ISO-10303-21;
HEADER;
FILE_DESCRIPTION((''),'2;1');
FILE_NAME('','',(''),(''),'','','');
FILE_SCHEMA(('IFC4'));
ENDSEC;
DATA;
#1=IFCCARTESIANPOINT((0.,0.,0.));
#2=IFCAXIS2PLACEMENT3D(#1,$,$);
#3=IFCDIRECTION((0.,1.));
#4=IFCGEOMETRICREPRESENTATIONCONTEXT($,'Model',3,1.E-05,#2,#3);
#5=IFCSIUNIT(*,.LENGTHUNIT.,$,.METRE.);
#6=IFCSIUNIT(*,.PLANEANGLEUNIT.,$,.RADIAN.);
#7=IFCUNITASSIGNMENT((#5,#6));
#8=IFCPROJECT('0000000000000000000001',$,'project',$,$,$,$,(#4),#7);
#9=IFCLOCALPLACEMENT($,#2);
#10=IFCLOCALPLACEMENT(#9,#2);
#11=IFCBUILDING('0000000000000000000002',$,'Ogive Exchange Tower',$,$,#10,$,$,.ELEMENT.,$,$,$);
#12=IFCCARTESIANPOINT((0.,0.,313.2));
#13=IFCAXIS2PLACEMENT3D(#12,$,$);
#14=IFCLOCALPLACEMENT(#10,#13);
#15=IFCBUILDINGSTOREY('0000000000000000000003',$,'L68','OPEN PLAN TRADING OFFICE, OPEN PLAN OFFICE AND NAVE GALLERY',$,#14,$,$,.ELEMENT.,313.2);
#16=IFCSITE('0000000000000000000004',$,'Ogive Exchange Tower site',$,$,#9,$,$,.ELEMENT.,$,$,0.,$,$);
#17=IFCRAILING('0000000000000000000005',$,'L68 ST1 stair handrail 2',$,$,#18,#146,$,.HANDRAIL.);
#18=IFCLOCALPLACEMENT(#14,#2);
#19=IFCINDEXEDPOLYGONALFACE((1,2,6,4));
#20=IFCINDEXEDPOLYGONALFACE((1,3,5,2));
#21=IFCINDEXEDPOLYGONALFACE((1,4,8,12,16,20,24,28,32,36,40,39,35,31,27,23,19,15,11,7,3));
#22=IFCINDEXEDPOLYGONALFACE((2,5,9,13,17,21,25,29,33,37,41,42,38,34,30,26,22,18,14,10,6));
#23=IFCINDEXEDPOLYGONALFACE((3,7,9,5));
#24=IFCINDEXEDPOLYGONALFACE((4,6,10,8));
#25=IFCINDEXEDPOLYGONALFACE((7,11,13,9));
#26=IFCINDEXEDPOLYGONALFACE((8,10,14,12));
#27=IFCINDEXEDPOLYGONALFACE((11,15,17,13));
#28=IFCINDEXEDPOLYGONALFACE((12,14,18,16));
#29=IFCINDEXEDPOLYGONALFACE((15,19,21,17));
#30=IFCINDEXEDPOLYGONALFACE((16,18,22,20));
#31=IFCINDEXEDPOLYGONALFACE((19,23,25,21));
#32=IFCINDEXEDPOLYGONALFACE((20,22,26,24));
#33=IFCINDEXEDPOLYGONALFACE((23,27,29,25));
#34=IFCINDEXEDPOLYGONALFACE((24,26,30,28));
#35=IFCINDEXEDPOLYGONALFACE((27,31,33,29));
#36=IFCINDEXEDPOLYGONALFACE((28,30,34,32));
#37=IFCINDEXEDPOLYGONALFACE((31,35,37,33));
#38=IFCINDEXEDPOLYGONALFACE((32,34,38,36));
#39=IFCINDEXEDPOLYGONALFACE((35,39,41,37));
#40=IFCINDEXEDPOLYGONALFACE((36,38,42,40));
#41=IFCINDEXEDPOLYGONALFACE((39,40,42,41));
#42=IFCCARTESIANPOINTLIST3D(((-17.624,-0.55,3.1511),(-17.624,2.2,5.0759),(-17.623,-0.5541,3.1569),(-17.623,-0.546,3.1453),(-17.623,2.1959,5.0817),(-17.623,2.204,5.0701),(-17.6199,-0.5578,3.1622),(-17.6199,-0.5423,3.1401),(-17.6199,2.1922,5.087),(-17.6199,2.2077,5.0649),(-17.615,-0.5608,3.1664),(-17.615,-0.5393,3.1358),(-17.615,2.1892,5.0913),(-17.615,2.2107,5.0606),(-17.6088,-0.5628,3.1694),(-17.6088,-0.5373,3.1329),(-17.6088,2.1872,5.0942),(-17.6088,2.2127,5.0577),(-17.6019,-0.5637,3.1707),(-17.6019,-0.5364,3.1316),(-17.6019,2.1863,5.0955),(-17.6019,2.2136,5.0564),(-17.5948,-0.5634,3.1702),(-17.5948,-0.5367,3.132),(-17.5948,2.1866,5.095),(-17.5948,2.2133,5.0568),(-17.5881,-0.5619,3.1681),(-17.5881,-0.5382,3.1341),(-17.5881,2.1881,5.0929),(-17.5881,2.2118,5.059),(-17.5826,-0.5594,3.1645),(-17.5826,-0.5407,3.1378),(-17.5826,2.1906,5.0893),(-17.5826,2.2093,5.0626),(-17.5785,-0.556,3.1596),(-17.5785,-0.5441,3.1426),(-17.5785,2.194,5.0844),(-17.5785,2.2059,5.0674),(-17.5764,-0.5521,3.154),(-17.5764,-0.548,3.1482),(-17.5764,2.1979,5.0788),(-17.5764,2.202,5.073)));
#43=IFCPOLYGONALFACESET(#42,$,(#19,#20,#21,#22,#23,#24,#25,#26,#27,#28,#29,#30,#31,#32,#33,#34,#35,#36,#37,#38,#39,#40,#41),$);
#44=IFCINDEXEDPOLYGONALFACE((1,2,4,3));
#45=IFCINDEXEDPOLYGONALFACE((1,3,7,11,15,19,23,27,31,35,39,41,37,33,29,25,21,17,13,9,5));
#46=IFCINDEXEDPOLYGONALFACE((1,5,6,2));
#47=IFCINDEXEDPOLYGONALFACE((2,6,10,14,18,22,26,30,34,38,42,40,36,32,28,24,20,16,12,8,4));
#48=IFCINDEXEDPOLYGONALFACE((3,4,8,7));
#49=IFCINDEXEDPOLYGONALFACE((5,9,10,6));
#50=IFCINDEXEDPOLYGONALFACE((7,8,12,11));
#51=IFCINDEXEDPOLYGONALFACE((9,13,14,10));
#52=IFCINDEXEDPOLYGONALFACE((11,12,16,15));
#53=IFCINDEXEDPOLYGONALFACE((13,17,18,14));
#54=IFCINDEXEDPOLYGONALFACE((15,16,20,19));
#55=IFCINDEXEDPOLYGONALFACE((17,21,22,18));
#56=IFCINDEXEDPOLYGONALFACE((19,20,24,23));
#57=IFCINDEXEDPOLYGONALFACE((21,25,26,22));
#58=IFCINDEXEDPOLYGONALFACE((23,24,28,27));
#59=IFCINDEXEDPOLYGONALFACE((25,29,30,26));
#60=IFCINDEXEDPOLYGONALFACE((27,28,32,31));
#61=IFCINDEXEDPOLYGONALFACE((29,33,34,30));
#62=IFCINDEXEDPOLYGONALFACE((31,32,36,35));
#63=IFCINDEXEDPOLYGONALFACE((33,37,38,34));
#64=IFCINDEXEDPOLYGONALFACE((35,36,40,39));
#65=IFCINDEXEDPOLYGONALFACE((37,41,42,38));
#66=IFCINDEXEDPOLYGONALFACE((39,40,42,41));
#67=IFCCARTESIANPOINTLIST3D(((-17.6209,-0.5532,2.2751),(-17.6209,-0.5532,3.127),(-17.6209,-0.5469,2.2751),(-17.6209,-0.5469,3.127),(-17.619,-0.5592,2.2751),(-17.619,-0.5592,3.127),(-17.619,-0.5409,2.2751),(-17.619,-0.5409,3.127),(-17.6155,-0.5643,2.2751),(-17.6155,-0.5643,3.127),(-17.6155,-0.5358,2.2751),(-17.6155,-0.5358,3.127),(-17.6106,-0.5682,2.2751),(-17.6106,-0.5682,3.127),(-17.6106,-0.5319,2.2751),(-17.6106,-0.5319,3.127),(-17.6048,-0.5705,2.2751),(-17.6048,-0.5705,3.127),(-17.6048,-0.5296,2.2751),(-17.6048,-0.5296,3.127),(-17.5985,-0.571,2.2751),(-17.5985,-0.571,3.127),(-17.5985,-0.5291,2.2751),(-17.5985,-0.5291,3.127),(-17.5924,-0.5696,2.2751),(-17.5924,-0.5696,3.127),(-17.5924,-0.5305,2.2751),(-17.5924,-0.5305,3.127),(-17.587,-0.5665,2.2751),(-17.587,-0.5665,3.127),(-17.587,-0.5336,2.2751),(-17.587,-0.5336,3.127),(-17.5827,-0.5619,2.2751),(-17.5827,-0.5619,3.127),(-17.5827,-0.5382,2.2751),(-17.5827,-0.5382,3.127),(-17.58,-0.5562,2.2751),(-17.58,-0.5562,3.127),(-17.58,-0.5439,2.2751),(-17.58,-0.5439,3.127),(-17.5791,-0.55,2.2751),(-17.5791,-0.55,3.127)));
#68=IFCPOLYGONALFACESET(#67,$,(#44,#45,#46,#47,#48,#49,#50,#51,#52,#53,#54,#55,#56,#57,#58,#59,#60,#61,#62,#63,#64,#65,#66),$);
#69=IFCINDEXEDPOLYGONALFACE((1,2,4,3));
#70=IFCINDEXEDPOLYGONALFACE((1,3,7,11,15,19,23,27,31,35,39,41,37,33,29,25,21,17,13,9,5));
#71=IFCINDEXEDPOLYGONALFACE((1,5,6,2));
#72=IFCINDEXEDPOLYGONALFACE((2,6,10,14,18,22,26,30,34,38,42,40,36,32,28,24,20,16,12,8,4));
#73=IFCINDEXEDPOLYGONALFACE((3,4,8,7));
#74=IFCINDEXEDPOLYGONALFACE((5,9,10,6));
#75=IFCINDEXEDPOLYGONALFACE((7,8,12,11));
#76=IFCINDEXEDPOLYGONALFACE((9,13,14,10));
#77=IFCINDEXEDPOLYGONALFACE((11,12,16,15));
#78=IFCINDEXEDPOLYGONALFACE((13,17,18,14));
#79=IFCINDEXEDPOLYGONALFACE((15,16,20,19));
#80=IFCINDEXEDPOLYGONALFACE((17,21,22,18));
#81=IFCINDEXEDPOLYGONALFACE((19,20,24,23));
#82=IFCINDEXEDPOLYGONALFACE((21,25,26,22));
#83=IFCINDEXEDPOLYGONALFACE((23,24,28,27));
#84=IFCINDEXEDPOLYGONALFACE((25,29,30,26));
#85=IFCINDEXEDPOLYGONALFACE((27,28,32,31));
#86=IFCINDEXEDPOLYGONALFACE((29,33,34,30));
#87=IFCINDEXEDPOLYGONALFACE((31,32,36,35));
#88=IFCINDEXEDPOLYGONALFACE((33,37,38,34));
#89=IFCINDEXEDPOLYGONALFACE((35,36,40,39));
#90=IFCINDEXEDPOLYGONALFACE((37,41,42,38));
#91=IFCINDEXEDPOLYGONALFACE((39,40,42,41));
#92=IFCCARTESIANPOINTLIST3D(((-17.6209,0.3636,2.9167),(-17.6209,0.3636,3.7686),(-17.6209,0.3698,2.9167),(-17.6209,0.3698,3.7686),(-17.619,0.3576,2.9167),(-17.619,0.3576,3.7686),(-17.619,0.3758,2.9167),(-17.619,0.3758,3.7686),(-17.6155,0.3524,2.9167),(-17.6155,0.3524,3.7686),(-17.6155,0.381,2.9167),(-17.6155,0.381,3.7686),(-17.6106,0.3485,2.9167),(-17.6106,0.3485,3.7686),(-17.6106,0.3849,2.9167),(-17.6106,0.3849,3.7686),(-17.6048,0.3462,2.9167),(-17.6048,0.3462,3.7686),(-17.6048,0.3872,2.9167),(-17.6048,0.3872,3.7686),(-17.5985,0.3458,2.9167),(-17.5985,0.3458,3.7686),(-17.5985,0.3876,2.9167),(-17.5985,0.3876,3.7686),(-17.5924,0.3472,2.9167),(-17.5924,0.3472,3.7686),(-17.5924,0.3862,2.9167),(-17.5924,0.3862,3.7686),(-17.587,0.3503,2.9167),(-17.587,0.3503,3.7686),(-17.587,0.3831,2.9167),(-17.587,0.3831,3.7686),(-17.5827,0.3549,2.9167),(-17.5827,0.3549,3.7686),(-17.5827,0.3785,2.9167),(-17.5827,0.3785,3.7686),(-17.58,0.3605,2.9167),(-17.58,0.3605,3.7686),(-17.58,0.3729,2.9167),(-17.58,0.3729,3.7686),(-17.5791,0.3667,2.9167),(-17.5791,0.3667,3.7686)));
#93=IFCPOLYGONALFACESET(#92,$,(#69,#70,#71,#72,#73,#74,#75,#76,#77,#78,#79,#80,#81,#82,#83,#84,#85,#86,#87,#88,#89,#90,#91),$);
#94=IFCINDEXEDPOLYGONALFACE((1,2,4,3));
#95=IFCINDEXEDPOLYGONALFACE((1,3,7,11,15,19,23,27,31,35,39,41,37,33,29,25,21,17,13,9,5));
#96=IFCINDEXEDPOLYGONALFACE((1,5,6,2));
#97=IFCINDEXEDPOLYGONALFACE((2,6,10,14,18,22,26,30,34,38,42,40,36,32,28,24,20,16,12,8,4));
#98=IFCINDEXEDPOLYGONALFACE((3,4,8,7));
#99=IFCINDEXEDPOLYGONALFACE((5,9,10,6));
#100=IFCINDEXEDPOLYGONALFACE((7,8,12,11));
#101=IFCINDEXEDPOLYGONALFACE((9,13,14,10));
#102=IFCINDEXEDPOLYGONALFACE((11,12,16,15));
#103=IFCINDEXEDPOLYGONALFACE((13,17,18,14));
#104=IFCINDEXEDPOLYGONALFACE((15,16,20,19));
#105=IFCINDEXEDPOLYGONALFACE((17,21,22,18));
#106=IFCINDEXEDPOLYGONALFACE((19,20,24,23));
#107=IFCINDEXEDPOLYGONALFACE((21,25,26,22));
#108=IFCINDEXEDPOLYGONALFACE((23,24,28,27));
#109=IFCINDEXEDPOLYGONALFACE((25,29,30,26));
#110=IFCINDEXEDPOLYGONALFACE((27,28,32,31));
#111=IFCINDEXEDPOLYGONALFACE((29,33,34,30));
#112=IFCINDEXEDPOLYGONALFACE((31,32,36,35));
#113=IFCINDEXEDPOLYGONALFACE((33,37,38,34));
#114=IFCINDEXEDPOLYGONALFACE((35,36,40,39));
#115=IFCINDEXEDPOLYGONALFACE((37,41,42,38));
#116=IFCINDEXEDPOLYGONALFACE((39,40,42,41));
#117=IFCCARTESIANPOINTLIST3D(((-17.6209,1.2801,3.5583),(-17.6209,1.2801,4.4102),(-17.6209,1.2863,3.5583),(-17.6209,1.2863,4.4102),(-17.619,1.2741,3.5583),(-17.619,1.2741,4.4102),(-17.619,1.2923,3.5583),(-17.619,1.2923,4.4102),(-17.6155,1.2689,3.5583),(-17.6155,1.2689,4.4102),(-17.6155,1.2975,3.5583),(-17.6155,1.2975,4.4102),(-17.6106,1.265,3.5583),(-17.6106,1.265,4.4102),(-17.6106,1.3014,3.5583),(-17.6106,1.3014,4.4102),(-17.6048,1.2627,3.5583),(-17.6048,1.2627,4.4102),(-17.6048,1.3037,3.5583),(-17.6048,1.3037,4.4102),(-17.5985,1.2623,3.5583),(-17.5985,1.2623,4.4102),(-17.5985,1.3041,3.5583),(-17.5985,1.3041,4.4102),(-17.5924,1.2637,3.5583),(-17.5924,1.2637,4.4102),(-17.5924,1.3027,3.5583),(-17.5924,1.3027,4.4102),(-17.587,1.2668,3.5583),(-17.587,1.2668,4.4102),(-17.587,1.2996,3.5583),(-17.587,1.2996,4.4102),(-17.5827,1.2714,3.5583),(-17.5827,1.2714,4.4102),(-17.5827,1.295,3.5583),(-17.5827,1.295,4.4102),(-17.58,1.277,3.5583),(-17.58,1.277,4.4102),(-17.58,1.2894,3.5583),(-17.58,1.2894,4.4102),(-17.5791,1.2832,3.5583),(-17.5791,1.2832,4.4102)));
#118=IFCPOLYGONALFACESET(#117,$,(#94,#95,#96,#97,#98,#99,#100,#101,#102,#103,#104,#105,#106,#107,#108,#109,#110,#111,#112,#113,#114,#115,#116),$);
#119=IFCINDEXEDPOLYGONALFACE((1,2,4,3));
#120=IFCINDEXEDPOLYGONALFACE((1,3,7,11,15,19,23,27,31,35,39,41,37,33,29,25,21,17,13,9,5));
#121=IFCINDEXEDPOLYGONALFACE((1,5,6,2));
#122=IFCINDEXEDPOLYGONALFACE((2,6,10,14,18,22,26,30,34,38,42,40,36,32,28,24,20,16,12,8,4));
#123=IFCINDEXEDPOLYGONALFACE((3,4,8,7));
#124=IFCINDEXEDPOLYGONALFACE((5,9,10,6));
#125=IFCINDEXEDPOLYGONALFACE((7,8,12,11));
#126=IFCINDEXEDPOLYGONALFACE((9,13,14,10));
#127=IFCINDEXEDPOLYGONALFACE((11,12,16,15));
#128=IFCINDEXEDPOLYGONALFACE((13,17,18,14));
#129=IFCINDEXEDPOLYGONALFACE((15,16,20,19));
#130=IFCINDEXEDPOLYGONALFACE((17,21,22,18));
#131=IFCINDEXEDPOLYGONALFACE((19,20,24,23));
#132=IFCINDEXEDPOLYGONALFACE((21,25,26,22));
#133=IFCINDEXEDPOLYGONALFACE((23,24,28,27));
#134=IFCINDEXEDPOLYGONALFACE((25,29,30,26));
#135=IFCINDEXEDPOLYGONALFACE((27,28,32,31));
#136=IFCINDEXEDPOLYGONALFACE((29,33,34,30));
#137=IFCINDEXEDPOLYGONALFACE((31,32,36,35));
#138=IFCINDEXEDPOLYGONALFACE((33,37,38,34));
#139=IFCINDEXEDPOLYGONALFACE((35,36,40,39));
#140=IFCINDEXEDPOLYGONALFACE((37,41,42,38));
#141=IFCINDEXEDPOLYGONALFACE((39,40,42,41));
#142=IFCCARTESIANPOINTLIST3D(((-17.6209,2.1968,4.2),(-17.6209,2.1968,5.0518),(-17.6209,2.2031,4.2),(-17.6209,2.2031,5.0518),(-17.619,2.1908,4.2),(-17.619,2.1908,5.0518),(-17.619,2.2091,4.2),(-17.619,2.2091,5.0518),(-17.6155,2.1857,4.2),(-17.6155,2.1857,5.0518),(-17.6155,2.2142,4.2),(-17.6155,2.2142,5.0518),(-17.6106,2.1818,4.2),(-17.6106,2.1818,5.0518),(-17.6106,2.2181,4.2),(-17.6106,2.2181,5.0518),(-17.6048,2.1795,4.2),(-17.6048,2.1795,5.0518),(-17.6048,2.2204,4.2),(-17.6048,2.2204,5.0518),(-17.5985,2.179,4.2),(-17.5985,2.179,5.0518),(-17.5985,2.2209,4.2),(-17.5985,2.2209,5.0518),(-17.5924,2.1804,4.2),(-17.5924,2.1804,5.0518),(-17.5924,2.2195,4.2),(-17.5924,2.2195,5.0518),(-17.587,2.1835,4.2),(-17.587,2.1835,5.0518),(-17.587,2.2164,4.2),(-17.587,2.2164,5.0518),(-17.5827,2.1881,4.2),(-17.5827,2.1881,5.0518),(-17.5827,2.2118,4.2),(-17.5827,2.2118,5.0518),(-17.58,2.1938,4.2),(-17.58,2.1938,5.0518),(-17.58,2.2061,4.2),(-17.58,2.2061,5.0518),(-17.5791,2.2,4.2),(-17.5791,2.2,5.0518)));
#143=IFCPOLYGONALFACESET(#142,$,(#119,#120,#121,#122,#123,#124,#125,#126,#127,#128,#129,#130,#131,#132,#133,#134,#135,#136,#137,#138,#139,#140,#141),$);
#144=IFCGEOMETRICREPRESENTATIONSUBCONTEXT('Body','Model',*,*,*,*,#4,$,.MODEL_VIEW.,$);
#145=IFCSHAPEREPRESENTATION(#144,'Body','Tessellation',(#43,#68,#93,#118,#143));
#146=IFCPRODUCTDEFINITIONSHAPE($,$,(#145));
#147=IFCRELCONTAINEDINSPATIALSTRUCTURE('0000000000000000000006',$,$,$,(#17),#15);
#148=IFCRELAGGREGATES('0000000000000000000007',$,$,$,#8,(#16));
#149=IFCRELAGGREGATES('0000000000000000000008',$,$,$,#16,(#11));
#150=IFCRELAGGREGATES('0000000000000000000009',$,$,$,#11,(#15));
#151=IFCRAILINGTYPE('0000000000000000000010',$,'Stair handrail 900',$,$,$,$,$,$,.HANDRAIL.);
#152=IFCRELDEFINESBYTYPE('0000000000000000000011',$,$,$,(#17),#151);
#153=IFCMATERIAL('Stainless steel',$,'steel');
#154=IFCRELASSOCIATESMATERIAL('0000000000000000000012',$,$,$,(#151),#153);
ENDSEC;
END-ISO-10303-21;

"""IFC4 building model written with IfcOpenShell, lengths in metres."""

from ifc_helpers import new_model, si_unit, direction, frame, origin, origin_2d, place, context, subcontext, project, spatial, circle, extrude, material, type_object, element, save


model = new_model("IFC4")

# Units and contexts
model_context = context("Model", 3, precision=1e-05, world=origin(), true_north=direction((0.0, 1.0)))
body_context = subcontext(model_context, "Body", "Model", "MODEL_VIEW")
ifc_project = project(units=[si_unit("LENGTHUNIT", "METRE"), si_unit("PLANEANGLEUNIT", "RADIAN")], contexts=[model_context])

# Site, building, storey
site_placement = place(None, origin())
site = spatial("IfcSite", under=ifc_project, at=site_placement, Name="Ogive Exchange Tower site", CompositionType="ELEMENT", RefElevation=0.0)
building_placement = place(site_placement, origin())
building = spatial("IfcBuilding", under=site, at=building_placement, Name="Ogive Exchange Tower", CompositionType="ELEMENT")
storey_placement = place(building_placement, frame((0.0, 0.0, 313.2)))
storey = spatial("IfcBuildingStorey", under=building, at=storey_placement, Name="L68", Description="OPEN PLAN TRADING OFFICE, OPEN PLAN OFFICE AND NAVE GALLERY", CompositionType="ELEMENT", Elevation=313.2)

# Shared definitions
ifc_material_1 = material(Name="Stainless steel", Category="steel")

# Railing
railing_type = type_object("IfcRailingType", Name="Stair handrail 900", PredefinedType="HANDRAIL", material=ifc_material_1)
railing_placement = place(storey_placement, frame((-17.6001, -0.55, 2.2751)))
element("IfcRailing", 1, at=railing_placement, inside=storey, type_object=railing_type, Name="L68 ST1 stair handrail 2", PredefinedType="HANDRAIL", context=body_context, shape_type="SweptSolid", body=[
    extrude(circle(Radius=0.0239, at=origin_2d()), frame((0.0, 0.0, 0.876), z_axis=(0.0, 0.819259, 0.573423), x_axis=(-1.0, 0.0, 0.0)), (0.0, 0.0, 1.0), 3.3567),
    extrude(circle(Radius=0.021, at=origin_2d()), origin(), (0.0, 0.0, 1.0), 0.8518),
    extrude(circle(Radius=0.021, at=origin_2d()), frame((0.0, 0.9167, 0.6416)), (0.0, 0.0, 1.0), 0.8518),
    extrude(circle(Radius=0.021, at=origin_2d()), frame((0.0, 1.8333, 1.2832)), (0.0, 0.0, 1.0), 0.8518),
    extrude(circle(Radius=0.021, at=origin_2d()), frame((0.0, 2.75, 1.9248)), (0.0, 0.0, 1.0), 0.8518),
])

save(model, "model.ifc")
